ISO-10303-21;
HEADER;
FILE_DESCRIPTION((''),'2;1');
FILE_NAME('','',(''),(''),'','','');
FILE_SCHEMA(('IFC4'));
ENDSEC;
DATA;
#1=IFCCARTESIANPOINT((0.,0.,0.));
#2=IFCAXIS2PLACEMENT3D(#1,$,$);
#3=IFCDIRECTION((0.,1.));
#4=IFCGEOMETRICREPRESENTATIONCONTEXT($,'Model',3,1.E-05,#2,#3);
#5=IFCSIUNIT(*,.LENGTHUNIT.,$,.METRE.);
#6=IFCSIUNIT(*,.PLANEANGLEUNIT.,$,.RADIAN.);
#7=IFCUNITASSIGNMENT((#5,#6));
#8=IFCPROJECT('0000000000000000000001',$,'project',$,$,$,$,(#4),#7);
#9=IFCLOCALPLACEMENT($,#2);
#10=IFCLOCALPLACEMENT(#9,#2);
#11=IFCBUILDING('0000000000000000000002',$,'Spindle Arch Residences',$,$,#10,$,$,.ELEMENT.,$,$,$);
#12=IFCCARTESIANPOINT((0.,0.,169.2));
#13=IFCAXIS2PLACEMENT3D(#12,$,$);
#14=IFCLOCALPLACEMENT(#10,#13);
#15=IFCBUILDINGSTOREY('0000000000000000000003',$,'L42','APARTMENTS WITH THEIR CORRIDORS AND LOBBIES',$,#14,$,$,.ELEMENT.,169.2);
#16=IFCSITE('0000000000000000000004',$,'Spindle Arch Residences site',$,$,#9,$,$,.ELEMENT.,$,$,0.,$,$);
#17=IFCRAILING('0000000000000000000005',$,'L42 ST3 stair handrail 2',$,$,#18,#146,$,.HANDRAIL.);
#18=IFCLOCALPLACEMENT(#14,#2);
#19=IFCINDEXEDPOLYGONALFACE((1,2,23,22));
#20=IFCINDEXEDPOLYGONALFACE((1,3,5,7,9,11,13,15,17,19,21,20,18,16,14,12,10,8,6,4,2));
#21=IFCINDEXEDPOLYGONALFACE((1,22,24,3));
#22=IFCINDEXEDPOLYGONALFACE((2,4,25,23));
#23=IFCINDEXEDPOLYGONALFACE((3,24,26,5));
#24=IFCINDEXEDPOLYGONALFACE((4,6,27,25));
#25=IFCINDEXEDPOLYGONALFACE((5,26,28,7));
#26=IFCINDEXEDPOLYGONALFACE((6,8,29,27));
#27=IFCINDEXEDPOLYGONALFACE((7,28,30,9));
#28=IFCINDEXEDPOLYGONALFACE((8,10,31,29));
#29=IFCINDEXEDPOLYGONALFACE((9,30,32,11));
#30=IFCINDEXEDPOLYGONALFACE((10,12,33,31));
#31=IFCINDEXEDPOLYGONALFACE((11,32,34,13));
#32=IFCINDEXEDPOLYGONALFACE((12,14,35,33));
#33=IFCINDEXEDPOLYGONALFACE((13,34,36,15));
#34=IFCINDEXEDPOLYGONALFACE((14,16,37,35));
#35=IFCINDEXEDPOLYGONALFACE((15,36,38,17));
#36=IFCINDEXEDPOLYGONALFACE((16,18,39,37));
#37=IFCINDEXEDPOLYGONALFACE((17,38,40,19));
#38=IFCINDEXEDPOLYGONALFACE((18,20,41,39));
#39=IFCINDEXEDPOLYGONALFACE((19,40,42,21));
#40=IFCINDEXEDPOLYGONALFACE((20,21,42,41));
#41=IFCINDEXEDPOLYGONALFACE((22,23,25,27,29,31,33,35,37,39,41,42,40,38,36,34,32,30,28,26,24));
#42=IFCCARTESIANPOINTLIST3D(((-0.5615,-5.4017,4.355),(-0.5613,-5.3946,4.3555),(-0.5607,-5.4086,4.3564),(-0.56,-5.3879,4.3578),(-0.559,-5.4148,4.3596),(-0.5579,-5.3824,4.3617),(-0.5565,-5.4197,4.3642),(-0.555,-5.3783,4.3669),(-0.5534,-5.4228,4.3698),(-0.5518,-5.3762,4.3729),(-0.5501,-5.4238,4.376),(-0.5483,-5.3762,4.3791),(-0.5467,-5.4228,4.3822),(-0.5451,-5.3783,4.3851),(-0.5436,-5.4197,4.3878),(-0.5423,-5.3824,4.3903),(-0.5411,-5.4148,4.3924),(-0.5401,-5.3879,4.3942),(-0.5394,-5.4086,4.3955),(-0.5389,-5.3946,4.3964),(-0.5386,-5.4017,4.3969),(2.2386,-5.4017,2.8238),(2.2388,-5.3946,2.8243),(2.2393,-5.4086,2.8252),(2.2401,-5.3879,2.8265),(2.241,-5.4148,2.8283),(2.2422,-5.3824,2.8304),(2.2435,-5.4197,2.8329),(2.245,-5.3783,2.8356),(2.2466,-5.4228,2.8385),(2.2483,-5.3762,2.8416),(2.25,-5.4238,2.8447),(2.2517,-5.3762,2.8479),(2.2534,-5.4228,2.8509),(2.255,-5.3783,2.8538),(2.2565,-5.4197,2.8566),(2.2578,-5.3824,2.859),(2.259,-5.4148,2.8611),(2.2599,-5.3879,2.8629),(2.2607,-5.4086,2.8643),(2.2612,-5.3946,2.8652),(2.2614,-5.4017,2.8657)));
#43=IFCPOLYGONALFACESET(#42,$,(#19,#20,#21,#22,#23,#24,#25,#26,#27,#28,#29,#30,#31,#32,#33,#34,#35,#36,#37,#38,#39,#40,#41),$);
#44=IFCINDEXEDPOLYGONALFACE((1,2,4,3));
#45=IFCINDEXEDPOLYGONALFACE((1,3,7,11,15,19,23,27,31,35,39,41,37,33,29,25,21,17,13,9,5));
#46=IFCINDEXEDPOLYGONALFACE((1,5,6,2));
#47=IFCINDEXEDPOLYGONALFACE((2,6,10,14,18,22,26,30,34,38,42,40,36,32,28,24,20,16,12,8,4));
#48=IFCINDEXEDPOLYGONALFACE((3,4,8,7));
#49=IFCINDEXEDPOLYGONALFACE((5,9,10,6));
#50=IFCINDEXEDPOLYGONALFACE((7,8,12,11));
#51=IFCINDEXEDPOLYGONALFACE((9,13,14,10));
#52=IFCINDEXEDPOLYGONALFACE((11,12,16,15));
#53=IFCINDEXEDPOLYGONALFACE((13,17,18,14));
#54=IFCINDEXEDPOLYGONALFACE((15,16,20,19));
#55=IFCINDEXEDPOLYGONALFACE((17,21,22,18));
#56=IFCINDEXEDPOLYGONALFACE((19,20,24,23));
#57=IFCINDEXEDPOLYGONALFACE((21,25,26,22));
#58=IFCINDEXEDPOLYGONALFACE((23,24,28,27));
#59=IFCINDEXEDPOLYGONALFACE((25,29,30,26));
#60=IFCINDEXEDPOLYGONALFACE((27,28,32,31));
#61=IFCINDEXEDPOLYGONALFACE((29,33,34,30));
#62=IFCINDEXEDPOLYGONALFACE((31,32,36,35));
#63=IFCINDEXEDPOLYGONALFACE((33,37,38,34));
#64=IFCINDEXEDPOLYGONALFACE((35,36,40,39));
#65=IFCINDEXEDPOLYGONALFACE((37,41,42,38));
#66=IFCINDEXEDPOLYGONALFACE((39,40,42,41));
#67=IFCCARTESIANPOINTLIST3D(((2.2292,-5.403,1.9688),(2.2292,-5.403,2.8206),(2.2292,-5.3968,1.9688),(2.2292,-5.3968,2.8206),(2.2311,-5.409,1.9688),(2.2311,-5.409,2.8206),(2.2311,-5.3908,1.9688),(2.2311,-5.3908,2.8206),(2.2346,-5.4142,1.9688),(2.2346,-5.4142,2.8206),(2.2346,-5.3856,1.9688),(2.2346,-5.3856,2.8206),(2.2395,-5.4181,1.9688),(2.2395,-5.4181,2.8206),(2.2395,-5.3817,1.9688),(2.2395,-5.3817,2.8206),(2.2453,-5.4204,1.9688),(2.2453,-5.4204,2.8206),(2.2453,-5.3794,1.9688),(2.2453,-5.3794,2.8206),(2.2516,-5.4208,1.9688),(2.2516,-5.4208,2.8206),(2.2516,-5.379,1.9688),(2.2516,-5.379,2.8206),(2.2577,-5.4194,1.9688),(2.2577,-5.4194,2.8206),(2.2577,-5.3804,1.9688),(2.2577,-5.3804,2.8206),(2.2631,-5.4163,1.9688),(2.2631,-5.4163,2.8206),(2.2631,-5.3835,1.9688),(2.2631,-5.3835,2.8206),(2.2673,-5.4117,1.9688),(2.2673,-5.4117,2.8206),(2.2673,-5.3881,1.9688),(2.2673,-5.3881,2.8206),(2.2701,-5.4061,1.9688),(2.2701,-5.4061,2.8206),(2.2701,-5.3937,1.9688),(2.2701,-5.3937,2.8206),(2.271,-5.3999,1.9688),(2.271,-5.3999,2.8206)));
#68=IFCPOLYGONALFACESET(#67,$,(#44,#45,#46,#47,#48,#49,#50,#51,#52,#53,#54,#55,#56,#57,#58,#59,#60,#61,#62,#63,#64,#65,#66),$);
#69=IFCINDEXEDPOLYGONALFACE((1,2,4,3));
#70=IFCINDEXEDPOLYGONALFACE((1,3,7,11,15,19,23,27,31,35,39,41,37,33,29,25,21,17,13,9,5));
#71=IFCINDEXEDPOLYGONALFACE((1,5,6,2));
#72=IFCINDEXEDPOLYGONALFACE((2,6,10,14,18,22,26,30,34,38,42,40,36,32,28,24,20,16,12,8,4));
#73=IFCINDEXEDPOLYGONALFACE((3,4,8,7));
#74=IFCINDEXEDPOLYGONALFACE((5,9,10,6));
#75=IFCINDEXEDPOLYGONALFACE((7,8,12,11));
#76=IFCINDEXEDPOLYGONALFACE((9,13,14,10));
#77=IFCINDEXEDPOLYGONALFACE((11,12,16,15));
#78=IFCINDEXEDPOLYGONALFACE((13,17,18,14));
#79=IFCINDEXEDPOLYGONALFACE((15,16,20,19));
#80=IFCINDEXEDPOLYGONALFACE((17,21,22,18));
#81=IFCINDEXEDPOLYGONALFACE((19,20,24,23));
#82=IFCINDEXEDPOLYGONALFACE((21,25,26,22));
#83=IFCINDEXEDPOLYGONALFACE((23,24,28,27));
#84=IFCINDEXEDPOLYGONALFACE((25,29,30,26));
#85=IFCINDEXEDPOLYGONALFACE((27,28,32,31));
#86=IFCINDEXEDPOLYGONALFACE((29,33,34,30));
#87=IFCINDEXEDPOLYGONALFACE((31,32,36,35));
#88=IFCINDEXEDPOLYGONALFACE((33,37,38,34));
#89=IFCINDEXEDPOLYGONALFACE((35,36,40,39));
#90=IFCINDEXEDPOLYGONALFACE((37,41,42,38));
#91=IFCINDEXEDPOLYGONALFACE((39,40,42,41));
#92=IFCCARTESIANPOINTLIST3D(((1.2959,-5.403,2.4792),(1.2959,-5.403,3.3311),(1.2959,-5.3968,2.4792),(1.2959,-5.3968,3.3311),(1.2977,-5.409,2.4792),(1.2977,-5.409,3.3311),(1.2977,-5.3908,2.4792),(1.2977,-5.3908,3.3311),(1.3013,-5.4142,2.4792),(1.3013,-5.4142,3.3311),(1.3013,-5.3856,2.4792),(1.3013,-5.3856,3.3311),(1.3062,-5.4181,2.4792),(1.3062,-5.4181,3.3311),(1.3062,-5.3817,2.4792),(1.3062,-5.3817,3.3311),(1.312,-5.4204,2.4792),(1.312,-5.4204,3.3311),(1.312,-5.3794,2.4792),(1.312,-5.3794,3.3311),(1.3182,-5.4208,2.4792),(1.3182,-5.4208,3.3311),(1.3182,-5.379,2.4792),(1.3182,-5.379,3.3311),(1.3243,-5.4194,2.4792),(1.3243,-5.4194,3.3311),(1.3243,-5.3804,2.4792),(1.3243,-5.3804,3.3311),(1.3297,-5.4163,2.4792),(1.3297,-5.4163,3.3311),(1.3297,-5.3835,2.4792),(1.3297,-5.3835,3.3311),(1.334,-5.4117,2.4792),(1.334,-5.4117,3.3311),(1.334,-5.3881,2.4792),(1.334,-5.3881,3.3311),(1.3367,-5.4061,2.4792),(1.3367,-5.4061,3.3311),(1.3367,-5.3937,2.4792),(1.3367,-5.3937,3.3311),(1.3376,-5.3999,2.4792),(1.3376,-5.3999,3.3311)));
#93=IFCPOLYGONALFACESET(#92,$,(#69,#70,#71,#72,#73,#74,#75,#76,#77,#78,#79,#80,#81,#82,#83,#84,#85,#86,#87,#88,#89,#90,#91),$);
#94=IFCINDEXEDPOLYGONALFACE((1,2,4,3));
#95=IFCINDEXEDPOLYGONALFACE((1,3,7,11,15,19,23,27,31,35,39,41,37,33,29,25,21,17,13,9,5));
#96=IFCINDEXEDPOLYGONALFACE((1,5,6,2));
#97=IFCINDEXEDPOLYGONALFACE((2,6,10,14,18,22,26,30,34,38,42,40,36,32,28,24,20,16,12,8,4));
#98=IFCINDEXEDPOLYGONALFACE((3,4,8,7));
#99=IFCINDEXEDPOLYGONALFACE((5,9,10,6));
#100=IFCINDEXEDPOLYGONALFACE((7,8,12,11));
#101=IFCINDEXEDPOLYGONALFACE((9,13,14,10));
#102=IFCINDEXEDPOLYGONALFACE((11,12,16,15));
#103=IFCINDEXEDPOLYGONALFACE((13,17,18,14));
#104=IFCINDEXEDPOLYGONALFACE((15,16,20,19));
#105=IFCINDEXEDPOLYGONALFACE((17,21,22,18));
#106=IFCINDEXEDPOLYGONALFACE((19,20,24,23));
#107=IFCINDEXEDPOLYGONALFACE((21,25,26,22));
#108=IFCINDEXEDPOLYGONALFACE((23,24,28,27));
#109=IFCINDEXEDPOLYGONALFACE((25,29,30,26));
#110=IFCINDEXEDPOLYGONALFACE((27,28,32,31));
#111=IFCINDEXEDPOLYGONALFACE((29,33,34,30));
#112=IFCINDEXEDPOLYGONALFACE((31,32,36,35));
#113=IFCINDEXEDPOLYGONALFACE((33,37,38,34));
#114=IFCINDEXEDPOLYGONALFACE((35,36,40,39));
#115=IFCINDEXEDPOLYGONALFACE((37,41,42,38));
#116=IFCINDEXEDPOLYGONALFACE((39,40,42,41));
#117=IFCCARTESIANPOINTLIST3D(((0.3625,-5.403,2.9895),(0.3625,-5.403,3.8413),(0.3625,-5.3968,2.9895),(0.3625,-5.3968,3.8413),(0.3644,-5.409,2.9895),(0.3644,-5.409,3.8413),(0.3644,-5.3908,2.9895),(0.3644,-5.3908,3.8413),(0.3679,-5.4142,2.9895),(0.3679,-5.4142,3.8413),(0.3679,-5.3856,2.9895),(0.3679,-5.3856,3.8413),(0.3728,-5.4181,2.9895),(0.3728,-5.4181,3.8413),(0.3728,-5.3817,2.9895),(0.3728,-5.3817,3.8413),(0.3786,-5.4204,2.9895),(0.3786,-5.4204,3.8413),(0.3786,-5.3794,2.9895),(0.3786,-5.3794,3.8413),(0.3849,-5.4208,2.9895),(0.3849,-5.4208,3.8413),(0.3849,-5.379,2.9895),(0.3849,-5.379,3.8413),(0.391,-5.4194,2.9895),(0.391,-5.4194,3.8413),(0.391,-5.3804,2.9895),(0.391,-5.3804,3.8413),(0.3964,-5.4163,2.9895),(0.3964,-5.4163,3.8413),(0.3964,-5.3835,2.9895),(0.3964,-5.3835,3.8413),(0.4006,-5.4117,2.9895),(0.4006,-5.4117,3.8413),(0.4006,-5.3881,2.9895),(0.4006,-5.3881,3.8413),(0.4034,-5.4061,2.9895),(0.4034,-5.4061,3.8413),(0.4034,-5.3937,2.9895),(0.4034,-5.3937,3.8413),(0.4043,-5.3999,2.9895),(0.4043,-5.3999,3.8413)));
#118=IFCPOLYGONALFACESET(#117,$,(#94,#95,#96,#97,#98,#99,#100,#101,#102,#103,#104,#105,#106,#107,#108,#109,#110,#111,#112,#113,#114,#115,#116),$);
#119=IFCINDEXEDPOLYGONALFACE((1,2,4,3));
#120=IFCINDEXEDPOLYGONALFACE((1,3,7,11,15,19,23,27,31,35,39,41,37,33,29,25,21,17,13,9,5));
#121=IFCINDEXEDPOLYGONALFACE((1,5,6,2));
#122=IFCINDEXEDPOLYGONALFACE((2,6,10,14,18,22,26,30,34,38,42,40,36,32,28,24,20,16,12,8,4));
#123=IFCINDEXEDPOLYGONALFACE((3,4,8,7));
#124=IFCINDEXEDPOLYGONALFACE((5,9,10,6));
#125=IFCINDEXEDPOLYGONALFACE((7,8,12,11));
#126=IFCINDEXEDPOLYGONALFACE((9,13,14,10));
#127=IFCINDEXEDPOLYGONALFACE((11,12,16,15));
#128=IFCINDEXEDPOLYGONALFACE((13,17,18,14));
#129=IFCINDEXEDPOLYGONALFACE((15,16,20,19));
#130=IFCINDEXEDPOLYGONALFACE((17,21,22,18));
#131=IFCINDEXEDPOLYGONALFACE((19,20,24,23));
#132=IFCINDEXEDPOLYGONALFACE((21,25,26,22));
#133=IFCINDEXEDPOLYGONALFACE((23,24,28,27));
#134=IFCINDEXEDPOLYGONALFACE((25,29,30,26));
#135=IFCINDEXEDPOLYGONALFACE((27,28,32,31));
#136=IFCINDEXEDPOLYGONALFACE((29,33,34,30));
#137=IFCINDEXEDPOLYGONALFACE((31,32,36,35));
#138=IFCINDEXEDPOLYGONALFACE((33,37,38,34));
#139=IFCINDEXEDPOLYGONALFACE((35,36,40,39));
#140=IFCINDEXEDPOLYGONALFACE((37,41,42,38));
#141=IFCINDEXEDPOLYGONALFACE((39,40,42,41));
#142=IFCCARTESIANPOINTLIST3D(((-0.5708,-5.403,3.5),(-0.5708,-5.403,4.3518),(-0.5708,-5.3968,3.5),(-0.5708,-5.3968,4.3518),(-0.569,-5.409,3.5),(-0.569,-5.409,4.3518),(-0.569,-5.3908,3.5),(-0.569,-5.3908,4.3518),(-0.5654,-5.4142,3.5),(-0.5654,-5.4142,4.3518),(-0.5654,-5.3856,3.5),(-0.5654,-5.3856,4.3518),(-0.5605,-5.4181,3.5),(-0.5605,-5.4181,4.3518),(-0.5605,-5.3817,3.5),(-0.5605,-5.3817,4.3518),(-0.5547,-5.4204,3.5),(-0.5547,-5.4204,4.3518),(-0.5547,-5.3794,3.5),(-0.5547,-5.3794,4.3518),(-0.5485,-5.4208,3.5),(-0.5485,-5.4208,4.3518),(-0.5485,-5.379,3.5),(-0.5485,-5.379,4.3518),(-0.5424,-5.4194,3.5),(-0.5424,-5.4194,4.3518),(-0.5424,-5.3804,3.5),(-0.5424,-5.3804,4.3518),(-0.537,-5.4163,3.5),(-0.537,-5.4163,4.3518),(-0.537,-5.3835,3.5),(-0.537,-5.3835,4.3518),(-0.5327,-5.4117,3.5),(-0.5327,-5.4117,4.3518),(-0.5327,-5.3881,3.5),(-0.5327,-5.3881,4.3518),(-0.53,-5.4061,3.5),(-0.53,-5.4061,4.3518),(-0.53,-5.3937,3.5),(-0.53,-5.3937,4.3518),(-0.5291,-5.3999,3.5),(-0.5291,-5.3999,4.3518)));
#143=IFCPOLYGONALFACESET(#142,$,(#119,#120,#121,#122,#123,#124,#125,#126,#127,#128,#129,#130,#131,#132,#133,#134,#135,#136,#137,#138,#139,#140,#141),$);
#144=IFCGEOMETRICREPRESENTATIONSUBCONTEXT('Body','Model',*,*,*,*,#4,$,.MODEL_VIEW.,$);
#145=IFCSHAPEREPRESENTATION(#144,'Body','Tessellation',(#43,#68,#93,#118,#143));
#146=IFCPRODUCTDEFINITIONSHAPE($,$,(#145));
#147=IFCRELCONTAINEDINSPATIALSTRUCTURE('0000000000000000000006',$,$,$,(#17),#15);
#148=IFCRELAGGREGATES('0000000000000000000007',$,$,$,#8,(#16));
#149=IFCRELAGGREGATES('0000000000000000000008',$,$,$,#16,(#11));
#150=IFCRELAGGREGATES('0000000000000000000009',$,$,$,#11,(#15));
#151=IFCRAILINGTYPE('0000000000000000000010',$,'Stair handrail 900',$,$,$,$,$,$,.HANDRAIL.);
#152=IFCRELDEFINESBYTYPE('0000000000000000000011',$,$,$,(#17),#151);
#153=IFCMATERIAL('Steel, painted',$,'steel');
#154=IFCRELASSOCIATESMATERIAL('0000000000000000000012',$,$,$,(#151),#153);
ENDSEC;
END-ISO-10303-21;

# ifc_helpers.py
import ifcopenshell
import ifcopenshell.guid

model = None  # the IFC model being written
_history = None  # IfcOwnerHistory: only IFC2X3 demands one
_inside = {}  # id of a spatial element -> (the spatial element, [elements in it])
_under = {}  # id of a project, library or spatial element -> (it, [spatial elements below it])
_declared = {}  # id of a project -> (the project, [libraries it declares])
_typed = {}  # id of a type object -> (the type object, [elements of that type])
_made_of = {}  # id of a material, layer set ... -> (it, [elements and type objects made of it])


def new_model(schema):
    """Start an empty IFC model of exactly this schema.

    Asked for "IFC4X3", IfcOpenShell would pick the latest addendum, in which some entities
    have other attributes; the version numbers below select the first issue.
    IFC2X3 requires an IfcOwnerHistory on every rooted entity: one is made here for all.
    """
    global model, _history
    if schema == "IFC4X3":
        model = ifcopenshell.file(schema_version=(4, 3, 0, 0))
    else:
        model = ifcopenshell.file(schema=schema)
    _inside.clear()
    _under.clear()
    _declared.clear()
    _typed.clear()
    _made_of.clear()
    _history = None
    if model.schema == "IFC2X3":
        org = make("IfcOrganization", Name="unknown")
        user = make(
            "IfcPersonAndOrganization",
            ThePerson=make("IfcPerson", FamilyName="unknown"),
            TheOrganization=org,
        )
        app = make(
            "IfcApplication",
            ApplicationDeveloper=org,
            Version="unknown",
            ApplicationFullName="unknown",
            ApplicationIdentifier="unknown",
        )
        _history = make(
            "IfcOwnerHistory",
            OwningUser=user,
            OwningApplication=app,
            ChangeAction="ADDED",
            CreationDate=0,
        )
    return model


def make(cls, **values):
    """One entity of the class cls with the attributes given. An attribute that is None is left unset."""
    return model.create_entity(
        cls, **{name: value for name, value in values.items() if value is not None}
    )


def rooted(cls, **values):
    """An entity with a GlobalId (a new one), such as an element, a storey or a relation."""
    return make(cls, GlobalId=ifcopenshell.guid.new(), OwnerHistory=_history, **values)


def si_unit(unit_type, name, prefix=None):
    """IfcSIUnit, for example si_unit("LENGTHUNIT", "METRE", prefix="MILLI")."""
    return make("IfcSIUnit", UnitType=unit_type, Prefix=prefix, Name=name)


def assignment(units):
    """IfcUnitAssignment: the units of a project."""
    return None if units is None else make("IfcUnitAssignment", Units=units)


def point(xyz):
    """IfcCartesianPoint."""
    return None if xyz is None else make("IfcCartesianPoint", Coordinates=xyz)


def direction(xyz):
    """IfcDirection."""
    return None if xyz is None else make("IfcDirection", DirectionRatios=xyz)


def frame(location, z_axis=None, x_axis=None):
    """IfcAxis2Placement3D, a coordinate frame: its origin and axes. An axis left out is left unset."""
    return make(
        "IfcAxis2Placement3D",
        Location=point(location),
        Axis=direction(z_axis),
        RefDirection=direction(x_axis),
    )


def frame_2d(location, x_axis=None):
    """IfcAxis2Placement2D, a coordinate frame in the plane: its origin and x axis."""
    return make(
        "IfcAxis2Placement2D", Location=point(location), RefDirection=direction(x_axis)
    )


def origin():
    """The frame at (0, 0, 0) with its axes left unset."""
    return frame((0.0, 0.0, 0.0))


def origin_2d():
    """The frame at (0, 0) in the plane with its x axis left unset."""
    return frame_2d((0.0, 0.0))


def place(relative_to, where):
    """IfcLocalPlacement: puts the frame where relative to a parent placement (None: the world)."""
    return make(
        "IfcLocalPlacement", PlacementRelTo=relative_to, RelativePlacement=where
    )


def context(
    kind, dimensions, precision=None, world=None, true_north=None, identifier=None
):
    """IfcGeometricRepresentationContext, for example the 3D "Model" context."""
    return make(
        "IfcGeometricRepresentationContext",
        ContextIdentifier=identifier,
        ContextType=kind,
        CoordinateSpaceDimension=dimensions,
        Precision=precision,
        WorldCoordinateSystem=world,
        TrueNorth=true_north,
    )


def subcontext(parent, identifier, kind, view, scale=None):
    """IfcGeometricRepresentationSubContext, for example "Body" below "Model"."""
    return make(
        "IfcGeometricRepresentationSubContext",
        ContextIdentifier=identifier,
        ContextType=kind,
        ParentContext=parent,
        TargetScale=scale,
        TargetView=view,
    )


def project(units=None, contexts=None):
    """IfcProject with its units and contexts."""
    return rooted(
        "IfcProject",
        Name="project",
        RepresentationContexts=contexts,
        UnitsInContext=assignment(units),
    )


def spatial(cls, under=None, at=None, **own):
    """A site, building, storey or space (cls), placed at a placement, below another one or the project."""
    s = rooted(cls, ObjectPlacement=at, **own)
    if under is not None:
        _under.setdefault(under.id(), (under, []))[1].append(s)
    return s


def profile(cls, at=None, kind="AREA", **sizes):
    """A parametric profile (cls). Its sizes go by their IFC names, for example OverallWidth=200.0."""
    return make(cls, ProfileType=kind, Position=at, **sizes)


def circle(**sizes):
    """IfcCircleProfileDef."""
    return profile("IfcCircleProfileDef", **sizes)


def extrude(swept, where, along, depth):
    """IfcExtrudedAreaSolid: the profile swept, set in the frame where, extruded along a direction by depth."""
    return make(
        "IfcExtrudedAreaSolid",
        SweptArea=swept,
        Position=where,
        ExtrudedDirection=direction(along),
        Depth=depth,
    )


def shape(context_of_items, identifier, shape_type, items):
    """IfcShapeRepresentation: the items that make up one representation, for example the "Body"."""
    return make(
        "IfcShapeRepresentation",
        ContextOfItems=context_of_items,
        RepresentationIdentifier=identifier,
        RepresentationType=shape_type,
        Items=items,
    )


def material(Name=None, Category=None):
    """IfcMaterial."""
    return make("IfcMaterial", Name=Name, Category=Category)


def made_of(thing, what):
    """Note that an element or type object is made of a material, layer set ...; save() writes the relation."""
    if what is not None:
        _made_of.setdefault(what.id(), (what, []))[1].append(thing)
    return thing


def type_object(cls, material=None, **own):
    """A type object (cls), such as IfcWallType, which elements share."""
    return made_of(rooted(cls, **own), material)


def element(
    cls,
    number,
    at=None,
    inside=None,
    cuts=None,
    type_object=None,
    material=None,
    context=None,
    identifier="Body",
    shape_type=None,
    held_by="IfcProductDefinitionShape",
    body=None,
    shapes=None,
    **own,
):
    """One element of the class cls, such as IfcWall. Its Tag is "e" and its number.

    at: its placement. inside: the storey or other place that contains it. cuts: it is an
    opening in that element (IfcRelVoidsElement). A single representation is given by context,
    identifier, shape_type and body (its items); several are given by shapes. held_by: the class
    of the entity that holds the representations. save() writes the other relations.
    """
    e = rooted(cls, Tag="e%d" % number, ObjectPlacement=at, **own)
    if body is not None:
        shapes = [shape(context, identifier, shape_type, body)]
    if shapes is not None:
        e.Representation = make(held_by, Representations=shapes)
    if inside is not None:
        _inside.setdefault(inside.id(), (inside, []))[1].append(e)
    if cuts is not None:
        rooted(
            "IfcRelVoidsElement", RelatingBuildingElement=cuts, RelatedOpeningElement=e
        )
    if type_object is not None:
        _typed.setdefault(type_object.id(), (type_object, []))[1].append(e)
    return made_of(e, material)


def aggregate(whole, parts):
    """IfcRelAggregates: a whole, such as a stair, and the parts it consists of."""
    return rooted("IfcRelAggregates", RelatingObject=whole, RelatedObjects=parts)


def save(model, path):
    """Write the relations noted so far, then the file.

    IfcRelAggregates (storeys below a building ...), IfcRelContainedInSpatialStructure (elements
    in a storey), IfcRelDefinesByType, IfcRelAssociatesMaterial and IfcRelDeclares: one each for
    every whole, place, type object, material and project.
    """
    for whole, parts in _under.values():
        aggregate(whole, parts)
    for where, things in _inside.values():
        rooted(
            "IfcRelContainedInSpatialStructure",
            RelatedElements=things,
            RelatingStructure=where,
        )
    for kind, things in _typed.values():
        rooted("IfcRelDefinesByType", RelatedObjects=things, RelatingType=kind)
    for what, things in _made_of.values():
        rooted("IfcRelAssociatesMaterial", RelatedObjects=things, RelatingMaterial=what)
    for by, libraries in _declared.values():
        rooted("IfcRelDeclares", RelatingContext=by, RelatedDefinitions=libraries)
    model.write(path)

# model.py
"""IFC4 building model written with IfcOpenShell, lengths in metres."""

from ifc_helpers import new_model, si_unit, direction, frame, origin, origin_2d, place, context, subcontext, project, spatial, circle, extrude, material, type_object, element, save


model = new_model("IFC4")

# Units and contexts
model_context = context("Model", 3, precision=1e-05, world=origin(), true_north=direction((0.0, 1.0)))
body_context = subcontext(model_context, "Body", "Model", "MODEL_VIEW")
ifc_project = project(units=[si_unit("LENGTHUNIT", "METRE"), si_unit("PLANEANGLEUNIT", "RADIAN")], contexts=[model_context])

# Site, building, storey
site_placement = place(None, origin())
site = spatial("IfcSite", under=ifc_project, at=site_placement, Name="Spindle Arch Residences site", CompositionType="ELEMENT", RefElevation=0.0)
building_placement = place(site_placement, origin())
building = spatial("IfcBuilding", under=site, at=building_placement, Name="Spindle Arch Residences", CompositionType="ELEMENT")
storey_placement = place(building_placement, frame((0.0, 0.0, 169.2)))
storey = spatial("IfcBuildingStorey", under=building, at=storey_placement, Name="L42", Description="APARTMENTS WITH THEIR CORRIDORS AND LOBBIES", CompositionType="ELEMENT", Elevation=169.2)

# Railing
ifc_material_1 = material(Name="Steel, painted", Category="steel")
railing_type_1 = type_object("IfcRailingType", Name="Stair handrail 900", PredefinedType="HANDRAIL", material=ifc_material_1)
railing_1_placement = place(storey_placement, frame((2.25, -5.3999, 1.9688)))
element("IfcRailing", 1, at=railing_1_placement, inside=storey, type_object=railing_type_1, Name="L42 ST3 stair handrail 2", PredefinedType="HANDRAIL", context=body_context, shape_type="SweptSolid", body=[
    extrude(circle(Radius=0.0239, at=origin_2d()), frame((0.0, 0.0, 0.876), z_axis=(-0.877375, 0.0, 0.479806), x_axis=(0.0, -1.0, 0.0)), (0.0, 0.0, 1.0), 3.1914),
    extrude(circle(Radius=0.021, at=origin_2d()), origin(), (0.0, 0.0, 1.0), 0.8518),
    extrude(circle(Radius=0.021, at=origin_2d()), frame((-0.9333, 0.0, 0.5105)), (0.0, 0.0, 1.0), 0.8518),
    extrude(circle(Radius=0.021, at=origin_2d()), frame((-1.8667, 0.0, 1.0208)), (0.0, 0.0, 1.0), 0.8518),
    extrude(circle(Radius=0.021, at=origin_2d()), frame((-2.8, 0.0, 1.5312)), (0.0, 0.0, 1.0), 0.8518),
])

save(model, "model.ifc")
